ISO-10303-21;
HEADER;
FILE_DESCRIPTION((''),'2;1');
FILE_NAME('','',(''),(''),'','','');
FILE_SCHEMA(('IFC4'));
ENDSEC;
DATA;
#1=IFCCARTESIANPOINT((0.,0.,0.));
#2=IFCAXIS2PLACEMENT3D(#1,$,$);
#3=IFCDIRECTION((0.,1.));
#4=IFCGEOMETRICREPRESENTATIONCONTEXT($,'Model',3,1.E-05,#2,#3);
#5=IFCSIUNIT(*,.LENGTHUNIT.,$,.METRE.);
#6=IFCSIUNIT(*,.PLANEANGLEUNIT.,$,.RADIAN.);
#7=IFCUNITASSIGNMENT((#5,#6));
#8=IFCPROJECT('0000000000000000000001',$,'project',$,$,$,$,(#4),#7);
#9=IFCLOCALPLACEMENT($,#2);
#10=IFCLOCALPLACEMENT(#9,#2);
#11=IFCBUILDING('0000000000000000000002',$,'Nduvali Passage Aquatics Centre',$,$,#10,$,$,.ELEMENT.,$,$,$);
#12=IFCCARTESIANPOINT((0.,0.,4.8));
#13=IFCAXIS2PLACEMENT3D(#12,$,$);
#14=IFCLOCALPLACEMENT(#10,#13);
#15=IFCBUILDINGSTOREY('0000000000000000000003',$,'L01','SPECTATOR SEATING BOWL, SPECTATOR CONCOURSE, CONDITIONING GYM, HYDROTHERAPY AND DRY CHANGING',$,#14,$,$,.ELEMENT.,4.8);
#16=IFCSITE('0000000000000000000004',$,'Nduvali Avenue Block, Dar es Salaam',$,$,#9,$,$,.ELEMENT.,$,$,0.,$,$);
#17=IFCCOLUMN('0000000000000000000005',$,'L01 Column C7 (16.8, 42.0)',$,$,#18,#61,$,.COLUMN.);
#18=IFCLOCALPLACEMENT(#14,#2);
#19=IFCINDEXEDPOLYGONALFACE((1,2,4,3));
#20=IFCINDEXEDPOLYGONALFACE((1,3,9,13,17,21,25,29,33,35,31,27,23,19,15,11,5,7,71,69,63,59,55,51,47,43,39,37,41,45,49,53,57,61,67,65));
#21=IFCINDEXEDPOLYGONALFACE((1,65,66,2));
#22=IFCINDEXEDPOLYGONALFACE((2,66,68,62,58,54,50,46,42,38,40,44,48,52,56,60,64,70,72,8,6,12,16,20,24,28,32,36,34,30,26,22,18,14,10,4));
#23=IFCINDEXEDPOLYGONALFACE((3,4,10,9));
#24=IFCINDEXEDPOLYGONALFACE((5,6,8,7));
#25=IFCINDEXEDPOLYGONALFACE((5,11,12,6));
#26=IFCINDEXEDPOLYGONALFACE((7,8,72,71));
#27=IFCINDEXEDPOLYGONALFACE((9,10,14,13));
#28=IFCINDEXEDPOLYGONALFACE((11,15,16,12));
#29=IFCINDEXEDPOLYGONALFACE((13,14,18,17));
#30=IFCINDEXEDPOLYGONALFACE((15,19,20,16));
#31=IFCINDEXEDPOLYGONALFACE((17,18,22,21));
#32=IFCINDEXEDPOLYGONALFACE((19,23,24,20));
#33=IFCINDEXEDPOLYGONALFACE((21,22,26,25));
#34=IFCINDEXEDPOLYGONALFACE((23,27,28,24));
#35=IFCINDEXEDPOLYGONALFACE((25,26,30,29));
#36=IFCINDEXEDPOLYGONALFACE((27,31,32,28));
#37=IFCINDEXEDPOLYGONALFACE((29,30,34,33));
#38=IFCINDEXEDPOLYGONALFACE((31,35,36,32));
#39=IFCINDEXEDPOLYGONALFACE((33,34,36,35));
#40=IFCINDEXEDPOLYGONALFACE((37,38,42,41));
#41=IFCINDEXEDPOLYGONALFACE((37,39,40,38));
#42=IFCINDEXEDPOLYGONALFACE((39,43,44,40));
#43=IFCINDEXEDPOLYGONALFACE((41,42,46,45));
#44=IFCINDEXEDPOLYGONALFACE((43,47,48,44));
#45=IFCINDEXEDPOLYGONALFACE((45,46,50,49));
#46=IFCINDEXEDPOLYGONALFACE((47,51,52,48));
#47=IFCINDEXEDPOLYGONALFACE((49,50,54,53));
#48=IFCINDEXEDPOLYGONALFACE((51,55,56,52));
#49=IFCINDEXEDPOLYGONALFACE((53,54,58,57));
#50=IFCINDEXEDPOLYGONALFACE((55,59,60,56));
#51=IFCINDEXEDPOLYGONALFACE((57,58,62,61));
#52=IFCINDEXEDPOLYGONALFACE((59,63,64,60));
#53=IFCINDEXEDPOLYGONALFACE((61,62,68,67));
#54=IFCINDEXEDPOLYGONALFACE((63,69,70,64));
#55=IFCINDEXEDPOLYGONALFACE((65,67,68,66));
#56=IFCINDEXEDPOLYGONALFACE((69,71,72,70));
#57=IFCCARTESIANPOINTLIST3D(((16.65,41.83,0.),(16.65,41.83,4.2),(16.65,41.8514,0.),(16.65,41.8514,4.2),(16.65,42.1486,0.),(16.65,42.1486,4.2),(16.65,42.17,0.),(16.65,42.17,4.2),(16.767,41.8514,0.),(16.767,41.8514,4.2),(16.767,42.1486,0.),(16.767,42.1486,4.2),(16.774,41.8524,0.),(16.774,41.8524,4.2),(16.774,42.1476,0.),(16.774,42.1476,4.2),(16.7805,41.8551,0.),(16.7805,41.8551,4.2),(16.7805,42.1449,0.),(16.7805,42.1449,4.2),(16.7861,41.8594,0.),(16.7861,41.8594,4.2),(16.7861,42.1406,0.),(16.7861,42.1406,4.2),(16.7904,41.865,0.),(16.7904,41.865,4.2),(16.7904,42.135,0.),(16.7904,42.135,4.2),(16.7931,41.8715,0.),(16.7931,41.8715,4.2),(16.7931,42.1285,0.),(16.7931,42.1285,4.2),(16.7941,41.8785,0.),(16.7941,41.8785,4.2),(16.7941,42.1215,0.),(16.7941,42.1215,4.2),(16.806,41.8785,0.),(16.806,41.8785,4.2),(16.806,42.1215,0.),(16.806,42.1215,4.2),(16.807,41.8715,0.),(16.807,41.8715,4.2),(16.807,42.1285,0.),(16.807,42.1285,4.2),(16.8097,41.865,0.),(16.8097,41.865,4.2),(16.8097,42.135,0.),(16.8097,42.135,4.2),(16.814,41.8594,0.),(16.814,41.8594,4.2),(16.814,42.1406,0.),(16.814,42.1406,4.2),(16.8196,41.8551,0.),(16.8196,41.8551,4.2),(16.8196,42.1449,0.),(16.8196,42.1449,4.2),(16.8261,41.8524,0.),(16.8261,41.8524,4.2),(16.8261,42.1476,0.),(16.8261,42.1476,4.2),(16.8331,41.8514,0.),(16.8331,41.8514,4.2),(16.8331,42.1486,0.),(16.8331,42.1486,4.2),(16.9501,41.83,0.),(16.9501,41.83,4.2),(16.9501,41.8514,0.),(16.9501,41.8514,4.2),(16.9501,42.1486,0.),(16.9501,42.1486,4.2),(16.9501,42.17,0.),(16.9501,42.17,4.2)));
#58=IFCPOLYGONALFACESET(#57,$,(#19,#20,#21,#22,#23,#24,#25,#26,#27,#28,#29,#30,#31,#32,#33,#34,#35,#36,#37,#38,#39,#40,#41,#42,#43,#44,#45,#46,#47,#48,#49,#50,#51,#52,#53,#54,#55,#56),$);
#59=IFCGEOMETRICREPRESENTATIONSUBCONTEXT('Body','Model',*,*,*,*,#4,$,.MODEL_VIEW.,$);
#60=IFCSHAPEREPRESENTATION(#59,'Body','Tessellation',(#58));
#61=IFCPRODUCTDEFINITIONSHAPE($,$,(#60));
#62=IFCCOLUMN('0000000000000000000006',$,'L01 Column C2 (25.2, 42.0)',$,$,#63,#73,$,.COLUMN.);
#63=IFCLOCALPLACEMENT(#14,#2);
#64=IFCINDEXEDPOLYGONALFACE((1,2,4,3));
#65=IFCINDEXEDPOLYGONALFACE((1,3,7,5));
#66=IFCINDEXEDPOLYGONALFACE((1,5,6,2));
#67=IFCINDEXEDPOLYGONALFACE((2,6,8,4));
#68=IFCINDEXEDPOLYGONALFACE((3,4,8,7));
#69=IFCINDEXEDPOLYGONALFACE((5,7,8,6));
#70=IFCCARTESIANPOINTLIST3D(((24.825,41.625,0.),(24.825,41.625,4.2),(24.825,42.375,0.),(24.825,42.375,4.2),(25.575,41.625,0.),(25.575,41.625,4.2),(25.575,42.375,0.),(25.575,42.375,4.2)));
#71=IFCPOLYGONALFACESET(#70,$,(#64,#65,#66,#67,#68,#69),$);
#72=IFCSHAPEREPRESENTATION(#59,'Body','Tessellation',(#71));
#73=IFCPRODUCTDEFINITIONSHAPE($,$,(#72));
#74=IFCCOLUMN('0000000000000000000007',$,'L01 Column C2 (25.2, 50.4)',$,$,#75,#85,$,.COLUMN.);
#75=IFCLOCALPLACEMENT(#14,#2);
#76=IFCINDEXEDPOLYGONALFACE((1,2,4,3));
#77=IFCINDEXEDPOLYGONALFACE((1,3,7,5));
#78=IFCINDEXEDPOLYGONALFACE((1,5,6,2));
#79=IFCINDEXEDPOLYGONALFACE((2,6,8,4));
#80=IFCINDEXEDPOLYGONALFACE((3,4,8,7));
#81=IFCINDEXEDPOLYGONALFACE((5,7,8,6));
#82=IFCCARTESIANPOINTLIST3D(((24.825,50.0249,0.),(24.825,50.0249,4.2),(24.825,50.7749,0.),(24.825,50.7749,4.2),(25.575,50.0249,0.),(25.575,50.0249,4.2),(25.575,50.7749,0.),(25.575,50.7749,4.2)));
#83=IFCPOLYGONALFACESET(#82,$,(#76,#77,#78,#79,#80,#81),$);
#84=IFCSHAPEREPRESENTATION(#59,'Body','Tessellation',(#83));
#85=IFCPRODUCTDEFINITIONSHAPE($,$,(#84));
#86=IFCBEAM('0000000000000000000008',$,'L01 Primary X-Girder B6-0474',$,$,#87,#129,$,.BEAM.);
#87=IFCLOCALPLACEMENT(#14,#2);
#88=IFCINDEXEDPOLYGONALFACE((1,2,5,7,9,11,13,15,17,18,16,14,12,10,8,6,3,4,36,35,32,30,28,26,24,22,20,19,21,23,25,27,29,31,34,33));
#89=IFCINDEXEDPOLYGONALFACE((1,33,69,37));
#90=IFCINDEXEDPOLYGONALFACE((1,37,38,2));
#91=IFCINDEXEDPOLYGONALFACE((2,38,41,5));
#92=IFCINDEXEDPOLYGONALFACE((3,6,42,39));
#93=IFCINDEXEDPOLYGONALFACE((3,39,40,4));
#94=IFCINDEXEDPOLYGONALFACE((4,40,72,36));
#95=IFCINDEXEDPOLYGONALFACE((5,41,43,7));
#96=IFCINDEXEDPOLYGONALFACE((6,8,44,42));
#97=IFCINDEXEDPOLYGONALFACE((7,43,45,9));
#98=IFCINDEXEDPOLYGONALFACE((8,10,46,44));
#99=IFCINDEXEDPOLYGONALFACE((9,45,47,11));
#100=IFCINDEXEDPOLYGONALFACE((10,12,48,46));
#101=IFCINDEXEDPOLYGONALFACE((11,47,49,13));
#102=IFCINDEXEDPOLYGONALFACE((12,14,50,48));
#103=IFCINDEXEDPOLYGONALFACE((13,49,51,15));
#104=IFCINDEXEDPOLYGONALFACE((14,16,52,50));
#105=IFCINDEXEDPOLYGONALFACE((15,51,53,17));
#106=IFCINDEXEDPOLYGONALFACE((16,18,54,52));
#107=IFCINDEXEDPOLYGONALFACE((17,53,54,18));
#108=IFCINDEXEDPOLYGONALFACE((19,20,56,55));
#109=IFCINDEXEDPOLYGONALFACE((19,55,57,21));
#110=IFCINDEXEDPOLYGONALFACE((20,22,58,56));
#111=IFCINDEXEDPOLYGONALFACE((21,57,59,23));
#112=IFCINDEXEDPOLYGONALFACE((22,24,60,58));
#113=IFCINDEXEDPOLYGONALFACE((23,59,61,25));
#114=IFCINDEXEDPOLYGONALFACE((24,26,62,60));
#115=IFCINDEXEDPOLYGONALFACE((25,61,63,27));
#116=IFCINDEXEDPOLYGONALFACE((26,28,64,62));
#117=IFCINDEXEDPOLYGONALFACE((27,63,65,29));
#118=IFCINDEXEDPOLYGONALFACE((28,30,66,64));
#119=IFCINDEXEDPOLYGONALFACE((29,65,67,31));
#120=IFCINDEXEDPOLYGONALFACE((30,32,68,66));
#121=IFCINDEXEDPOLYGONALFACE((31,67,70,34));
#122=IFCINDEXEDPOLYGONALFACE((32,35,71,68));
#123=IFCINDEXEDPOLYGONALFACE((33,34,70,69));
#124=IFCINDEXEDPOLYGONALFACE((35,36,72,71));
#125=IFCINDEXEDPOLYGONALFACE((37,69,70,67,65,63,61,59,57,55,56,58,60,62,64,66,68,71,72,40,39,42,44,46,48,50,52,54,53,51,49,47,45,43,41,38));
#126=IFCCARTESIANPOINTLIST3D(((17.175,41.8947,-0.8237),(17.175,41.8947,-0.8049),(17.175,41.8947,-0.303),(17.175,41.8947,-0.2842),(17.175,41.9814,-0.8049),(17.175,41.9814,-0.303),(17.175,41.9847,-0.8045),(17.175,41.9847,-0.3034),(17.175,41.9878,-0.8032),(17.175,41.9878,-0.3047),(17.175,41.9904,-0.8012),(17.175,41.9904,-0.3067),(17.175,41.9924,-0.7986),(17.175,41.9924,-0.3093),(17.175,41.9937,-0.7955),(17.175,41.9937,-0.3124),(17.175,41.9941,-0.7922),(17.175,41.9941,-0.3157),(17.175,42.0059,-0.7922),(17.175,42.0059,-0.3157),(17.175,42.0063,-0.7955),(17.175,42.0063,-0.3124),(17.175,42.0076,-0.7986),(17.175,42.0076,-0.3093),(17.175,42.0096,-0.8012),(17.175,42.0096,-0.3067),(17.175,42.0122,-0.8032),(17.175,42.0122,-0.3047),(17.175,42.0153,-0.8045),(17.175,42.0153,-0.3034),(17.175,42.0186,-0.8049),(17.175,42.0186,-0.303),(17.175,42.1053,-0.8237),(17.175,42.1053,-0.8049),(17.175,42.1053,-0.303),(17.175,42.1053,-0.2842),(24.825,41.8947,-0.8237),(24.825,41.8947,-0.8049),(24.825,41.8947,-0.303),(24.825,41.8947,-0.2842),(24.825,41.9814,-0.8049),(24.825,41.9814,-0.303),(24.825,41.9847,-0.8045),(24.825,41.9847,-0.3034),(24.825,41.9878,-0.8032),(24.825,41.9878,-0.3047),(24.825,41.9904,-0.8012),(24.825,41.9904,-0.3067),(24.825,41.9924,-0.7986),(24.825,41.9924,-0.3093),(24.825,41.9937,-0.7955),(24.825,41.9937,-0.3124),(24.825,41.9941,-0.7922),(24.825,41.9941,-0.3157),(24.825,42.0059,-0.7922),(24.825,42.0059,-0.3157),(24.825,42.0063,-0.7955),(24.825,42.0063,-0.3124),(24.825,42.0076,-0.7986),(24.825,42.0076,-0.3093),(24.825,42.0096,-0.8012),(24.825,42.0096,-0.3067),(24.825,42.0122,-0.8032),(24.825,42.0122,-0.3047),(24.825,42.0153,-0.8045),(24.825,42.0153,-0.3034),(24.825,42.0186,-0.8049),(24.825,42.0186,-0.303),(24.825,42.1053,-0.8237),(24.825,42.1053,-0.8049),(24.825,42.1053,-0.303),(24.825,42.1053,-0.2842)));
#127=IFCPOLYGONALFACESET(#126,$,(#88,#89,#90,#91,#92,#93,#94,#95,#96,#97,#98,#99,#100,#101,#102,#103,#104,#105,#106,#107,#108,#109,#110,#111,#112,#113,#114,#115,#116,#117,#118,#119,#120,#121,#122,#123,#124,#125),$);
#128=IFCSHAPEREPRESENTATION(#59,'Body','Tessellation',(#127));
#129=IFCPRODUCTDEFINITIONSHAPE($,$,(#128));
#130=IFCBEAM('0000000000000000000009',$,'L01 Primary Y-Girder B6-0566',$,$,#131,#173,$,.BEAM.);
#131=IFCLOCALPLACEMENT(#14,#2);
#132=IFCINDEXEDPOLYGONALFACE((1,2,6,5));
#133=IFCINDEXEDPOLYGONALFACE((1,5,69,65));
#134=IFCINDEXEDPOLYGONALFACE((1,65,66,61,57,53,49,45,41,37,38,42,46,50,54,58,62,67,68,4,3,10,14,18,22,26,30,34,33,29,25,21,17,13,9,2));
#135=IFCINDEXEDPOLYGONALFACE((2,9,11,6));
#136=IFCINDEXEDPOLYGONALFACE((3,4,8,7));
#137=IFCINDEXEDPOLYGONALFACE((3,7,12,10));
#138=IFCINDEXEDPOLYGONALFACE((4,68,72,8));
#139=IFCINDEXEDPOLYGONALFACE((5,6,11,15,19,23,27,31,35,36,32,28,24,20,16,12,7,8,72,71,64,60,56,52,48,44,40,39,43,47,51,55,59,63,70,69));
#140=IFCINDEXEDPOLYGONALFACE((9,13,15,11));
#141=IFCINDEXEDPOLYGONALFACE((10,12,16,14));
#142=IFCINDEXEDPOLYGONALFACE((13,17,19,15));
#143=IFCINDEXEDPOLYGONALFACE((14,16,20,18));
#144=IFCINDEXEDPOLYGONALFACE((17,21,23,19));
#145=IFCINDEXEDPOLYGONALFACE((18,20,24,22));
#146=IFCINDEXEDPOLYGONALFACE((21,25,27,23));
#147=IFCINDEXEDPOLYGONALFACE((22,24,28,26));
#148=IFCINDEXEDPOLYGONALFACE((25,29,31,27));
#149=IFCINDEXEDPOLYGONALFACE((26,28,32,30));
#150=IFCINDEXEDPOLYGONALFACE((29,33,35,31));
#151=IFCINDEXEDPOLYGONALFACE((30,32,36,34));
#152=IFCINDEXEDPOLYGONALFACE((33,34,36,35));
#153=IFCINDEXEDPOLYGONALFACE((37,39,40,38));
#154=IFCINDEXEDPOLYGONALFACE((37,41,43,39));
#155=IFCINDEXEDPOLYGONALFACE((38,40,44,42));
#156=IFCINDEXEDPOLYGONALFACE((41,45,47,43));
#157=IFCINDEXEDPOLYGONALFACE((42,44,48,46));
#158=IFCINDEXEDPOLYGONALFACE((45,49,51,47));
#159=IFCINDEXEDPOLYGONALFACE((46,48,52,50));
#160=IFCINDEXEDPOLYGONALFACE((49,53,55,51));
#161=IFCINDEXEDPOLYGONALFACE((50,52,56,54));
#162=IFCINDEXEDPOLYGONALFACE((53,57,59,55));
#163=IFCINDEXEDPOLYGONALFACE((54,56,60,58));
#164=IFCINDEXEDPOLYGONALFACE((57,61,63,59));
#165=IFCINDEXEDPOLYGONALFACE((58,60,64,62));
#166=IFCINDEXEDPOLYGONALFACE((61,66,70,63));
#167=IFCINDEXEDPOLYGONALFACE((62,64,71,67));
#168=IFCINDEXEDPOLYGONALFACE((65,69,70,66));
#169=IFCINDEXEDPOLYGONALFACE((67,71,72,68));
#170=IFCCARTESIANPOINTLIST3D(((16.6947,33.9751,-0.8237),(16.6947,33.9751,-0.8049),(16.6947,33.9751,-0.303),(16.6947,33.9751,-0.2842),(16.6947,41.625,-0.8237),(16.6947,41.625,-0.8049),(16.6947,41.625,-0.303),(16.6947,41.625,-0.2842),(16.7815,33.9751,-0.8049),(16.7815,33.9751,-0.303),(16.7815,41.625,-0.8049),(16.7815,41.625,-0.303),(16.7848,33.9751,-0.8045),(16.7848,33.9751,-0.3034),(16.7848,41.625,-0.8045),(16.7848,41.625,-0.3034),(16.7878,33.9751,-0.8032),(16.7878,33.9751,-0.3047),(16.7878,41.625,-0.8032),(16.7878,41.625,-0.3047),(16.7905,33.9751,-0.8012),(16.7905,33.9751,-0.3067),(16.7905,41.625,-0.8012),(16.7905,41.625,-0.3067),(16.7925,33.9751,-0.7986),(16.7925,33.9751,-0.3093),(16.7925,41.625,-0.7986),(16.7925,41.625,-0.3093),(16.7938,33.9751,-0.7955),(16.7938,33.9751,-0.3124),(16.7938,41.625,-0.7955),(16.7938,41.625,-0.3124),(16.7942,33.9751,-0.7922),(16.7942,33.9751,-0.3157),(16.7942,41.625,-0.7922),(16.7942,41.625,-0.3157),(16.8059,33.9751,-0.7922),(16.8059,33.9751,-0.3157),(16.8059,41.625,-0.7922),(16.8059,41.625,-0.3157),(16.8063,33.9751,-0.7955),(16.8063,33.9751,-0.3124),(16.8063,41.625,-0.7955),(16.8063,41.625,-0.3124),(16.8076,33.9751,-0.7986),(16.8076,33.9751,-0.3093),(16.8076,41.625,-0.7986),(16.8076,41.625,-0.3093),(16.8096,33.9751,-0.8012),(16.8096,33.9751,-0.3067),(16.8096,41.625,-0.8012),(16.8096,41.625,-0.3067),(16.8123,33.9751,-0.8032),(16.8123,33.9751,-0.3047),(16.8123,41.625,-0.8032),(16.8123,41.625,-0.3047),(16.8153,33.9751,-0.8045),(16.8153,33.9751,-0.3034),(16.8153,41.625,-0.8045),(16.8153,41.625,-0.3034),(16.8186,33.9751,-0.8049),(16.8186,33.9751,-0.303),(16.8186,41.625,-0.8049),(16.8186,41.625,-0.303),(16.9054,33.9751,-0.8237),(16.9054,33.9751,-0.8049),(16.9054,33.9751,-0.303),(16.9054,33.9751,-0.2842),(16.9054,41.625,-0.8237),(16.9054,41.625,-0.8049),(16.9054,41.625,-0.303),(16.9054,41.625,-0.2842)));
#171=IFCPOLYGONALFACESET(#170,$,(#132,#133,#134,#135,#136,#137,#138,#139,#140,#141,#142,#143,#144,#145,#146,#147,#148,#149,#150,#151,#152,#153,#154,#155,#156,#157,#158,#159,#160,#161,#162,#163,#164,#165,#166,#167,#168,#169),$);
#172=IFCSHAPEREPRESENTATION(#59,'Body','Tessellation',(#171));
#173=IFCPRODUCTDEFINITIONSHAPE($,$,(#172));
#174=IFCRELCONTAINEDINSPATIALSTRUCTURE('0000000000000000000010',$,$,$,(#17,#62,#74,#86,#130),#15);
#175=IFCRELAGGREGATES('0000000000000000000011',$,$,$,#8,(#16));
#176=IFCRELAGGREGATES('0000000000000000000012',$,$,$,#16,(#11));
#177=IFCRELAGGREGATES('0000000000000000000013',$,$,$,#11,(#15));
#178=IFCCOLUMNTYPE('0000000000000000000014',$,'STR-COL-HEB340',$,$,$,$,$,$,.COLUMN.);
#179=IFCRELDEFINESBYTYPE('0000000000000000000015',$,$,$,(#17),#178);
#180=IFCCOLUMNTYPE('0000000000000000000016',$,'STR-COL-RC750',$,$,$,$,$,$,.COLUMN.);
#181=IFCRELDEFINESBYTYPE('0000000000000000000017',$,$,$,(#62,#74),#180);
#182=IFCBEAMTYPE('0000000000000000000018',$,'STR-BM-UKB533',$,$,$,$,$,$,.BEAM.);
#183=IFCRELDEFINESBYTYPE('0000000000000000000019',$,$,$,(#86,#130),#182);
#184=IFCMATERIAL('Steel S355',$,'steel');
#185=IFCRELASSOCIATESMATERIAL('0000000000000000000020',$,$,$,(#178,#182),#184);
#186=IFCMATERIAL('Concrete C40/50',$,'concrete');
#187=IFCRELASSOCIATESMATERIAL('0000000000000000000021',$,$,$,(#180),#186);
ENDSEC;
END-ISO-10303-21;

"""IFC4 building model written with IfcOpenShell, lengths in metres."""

from ifc_helpers import new_model, si_unit, direction, frame, origin, origin_2d, place, context, subcontext, project, spatial, rectangle, i_section, extrude, material, material_profile, profile_set, type_object, element, save


model = new_model("IFC4")

# Units and contexts
model_context = context("Model", 3, precision=1e-05, world=origin(), true_north=direction((0.0, 1.0)))
body_context = subcontext(model_context, "Body", "Model", "MODEL_VIEW")
ifc_project = project(units=[si_unit("LENGTHUNIT", "METRE"), si_unit("PLANEANGLEUNIT", "RADIAN")], contexts=[model_context])

# Site, building, storey
site_placement = place(None, origin())
site = spatial("IfcSite", under=ifc_project, at=site_placement, Name="Nduvali Avenue Block, Dar es Salaam", CompositionType="ELEMENT", RefElevation=0.0)
building_placement = place(site_placement, origin())
building = spatial("IfcBuilding", under=site, at=building_placement, Name="Nduvali Passage Aquatics Centre", CompositionType="ELEMENT")
storey_placement = place(building_placement, frame((0.0, 0.0, 4.8)))
storey = spatial("IfcBuildingStorey", under=building, at=storey_placement, Name="L01", Description="SPECTATOR SEATING BOWL, SPECTATOR CONCOURSE, CONDITIONING GYM, HYDROTHERAPY AND DRY CHANGING", CompositionType="ELEMENT", Elevation=4.8)

# Columns
ifc_material_1 = material(Name="Steel S355", Category="steel")
ifc_material_profile_1 = material_profile(ifc_material_1, i_section(OverallWidth=0.3, OverallDepth=0.3401, WebThickness=0.012, FlangeThickness=0.0215, FilletRadius=0.0271, at=origin_2d()), Name="HEB 340")
ifc_profile_set_1 = profile_set([ifc_material_profile_1], Name="Steel S355")
column_type_1 = type_object("IfcColumnType", Name="STR-COL-HEB340", PredefinedType="COLUMN", material=ifc_profile_set_1)
column_placement = place(storey_placement, frame((16.8, 42.0, 0.0), z_axis=(0.0, 0.0, 1.0), x_axis=(1.0, 0.0, 0.0)))
element("IfcColumn", 1, at=column_placement, inside=storey, type_object=column_type_1, Name="L01 Column C7 (16.8, 42.0)", PredefinedType="COLUMN", context=body_context, shape_type="SweptSolid", body=[
    extrude(i_section(OverallWidth=0.3, OverallDepth=0.3401, WebThickness=0.012, FlangeThickness=0.0215, FilletRadius=0.0271, at=origin_2d()), origin(), (0.0, 0.0, 1.0), 4.2),
])
ifc_material_2 = material(Name="Concrete C40/50", Category="concrete")
ifc_material_profile_2 = material_profile(ifc_material_2, rectangle(XDim=0.75, YDim=0.75, at=origin_2d()), Name="RC 750x750")
ifc_profile_set_2 = profile_set([ifc_material_profile_2], Name="Concrete C40/50")
column_type_2 = type_object("IfcColumnType", Name="STR-COL-RC750", PredefinedType="COLUMN", material=ifc_profile_set_2)
for number, where, z_axis, x_axis, name in (
    (2, (25.2, 42.0, 0.0), (0.0, 0.0, 1.0), (1.0, 0.0, 0.0), "L01 Column C2 (25.2, 42.0)"),
    (3, (25.2, 50.3999, 0.0), (0.0, 0.0, 1.0), (1.0, 0.0, 0.0), "L01 Column C2 (25.2, 50.4)"),
):
    element("IfcColumn", number, at=place(storey_placement, frame(where, z_axis=z_axis, x_axis=x_axis)), inside=storey, type_object=column_type_2, Name=name, PredefinedType="COLUMN", context=body_context, shape_type="SweptSolid", body=[
        extrude(rectangle(XDim=0.75, YDim=0.75, at=origin_2d()), origin(), (0.0, 0.0, 1.0), 4.2),
    ])

# Beams
ifc_material_profile_3 = material_profile(ifc_material_1, i_section(OverallWidth=0.2107, OverallDepth=0.5396, WebThickness=0.0117, FlangeThickness=0.0188, FilletRadius=0.0127, at=origin_2d()), Name="UKB 533x210x109")
ifc_profile_set_3 = profile_set([ifc_material_profile_3], Name="Steel S355")
beam_type_1 = type_object("IfcBeamType", Name="STR-BM-UKB533", PredefinedType="BEAM", material=ifc_profile_set_3)
for number, where, z_axis, x_axis, name in (
    (4, (17.175, 42.0, -0.554), (1.0, 0.0, 0.0), (0.0, 1.0, 0.0), "L01 Primary X-Girder B6-0474"),
    (5, (16.8, 33.9751, -0.554), (0.0, 1.0, 0.0), (-1.0, 0.0, 0.0), "L01 Primary Y-Girder B6-0566"),
):
    element("IfcBeam", number, at=place(storey_placement, frame(where, z_axis=z_axis, x_axis=x_axis)), inside=storey, type_object=beam_type_1, Name=name, PredefinedType="BEAM", context=body_context, shape_type="SweptSolid", body=[
        extrude(i_section(OverallWidth=0.2107, OverallDepth=0.5396, WebThickness=0.0117, FlangeThickness=0.0188, FilletRadius=0.0127, at=origin_2d()), origin(), (0.0, 0.0, 1.0), 7.6499),
    ])

save(model, "model.ifc")
